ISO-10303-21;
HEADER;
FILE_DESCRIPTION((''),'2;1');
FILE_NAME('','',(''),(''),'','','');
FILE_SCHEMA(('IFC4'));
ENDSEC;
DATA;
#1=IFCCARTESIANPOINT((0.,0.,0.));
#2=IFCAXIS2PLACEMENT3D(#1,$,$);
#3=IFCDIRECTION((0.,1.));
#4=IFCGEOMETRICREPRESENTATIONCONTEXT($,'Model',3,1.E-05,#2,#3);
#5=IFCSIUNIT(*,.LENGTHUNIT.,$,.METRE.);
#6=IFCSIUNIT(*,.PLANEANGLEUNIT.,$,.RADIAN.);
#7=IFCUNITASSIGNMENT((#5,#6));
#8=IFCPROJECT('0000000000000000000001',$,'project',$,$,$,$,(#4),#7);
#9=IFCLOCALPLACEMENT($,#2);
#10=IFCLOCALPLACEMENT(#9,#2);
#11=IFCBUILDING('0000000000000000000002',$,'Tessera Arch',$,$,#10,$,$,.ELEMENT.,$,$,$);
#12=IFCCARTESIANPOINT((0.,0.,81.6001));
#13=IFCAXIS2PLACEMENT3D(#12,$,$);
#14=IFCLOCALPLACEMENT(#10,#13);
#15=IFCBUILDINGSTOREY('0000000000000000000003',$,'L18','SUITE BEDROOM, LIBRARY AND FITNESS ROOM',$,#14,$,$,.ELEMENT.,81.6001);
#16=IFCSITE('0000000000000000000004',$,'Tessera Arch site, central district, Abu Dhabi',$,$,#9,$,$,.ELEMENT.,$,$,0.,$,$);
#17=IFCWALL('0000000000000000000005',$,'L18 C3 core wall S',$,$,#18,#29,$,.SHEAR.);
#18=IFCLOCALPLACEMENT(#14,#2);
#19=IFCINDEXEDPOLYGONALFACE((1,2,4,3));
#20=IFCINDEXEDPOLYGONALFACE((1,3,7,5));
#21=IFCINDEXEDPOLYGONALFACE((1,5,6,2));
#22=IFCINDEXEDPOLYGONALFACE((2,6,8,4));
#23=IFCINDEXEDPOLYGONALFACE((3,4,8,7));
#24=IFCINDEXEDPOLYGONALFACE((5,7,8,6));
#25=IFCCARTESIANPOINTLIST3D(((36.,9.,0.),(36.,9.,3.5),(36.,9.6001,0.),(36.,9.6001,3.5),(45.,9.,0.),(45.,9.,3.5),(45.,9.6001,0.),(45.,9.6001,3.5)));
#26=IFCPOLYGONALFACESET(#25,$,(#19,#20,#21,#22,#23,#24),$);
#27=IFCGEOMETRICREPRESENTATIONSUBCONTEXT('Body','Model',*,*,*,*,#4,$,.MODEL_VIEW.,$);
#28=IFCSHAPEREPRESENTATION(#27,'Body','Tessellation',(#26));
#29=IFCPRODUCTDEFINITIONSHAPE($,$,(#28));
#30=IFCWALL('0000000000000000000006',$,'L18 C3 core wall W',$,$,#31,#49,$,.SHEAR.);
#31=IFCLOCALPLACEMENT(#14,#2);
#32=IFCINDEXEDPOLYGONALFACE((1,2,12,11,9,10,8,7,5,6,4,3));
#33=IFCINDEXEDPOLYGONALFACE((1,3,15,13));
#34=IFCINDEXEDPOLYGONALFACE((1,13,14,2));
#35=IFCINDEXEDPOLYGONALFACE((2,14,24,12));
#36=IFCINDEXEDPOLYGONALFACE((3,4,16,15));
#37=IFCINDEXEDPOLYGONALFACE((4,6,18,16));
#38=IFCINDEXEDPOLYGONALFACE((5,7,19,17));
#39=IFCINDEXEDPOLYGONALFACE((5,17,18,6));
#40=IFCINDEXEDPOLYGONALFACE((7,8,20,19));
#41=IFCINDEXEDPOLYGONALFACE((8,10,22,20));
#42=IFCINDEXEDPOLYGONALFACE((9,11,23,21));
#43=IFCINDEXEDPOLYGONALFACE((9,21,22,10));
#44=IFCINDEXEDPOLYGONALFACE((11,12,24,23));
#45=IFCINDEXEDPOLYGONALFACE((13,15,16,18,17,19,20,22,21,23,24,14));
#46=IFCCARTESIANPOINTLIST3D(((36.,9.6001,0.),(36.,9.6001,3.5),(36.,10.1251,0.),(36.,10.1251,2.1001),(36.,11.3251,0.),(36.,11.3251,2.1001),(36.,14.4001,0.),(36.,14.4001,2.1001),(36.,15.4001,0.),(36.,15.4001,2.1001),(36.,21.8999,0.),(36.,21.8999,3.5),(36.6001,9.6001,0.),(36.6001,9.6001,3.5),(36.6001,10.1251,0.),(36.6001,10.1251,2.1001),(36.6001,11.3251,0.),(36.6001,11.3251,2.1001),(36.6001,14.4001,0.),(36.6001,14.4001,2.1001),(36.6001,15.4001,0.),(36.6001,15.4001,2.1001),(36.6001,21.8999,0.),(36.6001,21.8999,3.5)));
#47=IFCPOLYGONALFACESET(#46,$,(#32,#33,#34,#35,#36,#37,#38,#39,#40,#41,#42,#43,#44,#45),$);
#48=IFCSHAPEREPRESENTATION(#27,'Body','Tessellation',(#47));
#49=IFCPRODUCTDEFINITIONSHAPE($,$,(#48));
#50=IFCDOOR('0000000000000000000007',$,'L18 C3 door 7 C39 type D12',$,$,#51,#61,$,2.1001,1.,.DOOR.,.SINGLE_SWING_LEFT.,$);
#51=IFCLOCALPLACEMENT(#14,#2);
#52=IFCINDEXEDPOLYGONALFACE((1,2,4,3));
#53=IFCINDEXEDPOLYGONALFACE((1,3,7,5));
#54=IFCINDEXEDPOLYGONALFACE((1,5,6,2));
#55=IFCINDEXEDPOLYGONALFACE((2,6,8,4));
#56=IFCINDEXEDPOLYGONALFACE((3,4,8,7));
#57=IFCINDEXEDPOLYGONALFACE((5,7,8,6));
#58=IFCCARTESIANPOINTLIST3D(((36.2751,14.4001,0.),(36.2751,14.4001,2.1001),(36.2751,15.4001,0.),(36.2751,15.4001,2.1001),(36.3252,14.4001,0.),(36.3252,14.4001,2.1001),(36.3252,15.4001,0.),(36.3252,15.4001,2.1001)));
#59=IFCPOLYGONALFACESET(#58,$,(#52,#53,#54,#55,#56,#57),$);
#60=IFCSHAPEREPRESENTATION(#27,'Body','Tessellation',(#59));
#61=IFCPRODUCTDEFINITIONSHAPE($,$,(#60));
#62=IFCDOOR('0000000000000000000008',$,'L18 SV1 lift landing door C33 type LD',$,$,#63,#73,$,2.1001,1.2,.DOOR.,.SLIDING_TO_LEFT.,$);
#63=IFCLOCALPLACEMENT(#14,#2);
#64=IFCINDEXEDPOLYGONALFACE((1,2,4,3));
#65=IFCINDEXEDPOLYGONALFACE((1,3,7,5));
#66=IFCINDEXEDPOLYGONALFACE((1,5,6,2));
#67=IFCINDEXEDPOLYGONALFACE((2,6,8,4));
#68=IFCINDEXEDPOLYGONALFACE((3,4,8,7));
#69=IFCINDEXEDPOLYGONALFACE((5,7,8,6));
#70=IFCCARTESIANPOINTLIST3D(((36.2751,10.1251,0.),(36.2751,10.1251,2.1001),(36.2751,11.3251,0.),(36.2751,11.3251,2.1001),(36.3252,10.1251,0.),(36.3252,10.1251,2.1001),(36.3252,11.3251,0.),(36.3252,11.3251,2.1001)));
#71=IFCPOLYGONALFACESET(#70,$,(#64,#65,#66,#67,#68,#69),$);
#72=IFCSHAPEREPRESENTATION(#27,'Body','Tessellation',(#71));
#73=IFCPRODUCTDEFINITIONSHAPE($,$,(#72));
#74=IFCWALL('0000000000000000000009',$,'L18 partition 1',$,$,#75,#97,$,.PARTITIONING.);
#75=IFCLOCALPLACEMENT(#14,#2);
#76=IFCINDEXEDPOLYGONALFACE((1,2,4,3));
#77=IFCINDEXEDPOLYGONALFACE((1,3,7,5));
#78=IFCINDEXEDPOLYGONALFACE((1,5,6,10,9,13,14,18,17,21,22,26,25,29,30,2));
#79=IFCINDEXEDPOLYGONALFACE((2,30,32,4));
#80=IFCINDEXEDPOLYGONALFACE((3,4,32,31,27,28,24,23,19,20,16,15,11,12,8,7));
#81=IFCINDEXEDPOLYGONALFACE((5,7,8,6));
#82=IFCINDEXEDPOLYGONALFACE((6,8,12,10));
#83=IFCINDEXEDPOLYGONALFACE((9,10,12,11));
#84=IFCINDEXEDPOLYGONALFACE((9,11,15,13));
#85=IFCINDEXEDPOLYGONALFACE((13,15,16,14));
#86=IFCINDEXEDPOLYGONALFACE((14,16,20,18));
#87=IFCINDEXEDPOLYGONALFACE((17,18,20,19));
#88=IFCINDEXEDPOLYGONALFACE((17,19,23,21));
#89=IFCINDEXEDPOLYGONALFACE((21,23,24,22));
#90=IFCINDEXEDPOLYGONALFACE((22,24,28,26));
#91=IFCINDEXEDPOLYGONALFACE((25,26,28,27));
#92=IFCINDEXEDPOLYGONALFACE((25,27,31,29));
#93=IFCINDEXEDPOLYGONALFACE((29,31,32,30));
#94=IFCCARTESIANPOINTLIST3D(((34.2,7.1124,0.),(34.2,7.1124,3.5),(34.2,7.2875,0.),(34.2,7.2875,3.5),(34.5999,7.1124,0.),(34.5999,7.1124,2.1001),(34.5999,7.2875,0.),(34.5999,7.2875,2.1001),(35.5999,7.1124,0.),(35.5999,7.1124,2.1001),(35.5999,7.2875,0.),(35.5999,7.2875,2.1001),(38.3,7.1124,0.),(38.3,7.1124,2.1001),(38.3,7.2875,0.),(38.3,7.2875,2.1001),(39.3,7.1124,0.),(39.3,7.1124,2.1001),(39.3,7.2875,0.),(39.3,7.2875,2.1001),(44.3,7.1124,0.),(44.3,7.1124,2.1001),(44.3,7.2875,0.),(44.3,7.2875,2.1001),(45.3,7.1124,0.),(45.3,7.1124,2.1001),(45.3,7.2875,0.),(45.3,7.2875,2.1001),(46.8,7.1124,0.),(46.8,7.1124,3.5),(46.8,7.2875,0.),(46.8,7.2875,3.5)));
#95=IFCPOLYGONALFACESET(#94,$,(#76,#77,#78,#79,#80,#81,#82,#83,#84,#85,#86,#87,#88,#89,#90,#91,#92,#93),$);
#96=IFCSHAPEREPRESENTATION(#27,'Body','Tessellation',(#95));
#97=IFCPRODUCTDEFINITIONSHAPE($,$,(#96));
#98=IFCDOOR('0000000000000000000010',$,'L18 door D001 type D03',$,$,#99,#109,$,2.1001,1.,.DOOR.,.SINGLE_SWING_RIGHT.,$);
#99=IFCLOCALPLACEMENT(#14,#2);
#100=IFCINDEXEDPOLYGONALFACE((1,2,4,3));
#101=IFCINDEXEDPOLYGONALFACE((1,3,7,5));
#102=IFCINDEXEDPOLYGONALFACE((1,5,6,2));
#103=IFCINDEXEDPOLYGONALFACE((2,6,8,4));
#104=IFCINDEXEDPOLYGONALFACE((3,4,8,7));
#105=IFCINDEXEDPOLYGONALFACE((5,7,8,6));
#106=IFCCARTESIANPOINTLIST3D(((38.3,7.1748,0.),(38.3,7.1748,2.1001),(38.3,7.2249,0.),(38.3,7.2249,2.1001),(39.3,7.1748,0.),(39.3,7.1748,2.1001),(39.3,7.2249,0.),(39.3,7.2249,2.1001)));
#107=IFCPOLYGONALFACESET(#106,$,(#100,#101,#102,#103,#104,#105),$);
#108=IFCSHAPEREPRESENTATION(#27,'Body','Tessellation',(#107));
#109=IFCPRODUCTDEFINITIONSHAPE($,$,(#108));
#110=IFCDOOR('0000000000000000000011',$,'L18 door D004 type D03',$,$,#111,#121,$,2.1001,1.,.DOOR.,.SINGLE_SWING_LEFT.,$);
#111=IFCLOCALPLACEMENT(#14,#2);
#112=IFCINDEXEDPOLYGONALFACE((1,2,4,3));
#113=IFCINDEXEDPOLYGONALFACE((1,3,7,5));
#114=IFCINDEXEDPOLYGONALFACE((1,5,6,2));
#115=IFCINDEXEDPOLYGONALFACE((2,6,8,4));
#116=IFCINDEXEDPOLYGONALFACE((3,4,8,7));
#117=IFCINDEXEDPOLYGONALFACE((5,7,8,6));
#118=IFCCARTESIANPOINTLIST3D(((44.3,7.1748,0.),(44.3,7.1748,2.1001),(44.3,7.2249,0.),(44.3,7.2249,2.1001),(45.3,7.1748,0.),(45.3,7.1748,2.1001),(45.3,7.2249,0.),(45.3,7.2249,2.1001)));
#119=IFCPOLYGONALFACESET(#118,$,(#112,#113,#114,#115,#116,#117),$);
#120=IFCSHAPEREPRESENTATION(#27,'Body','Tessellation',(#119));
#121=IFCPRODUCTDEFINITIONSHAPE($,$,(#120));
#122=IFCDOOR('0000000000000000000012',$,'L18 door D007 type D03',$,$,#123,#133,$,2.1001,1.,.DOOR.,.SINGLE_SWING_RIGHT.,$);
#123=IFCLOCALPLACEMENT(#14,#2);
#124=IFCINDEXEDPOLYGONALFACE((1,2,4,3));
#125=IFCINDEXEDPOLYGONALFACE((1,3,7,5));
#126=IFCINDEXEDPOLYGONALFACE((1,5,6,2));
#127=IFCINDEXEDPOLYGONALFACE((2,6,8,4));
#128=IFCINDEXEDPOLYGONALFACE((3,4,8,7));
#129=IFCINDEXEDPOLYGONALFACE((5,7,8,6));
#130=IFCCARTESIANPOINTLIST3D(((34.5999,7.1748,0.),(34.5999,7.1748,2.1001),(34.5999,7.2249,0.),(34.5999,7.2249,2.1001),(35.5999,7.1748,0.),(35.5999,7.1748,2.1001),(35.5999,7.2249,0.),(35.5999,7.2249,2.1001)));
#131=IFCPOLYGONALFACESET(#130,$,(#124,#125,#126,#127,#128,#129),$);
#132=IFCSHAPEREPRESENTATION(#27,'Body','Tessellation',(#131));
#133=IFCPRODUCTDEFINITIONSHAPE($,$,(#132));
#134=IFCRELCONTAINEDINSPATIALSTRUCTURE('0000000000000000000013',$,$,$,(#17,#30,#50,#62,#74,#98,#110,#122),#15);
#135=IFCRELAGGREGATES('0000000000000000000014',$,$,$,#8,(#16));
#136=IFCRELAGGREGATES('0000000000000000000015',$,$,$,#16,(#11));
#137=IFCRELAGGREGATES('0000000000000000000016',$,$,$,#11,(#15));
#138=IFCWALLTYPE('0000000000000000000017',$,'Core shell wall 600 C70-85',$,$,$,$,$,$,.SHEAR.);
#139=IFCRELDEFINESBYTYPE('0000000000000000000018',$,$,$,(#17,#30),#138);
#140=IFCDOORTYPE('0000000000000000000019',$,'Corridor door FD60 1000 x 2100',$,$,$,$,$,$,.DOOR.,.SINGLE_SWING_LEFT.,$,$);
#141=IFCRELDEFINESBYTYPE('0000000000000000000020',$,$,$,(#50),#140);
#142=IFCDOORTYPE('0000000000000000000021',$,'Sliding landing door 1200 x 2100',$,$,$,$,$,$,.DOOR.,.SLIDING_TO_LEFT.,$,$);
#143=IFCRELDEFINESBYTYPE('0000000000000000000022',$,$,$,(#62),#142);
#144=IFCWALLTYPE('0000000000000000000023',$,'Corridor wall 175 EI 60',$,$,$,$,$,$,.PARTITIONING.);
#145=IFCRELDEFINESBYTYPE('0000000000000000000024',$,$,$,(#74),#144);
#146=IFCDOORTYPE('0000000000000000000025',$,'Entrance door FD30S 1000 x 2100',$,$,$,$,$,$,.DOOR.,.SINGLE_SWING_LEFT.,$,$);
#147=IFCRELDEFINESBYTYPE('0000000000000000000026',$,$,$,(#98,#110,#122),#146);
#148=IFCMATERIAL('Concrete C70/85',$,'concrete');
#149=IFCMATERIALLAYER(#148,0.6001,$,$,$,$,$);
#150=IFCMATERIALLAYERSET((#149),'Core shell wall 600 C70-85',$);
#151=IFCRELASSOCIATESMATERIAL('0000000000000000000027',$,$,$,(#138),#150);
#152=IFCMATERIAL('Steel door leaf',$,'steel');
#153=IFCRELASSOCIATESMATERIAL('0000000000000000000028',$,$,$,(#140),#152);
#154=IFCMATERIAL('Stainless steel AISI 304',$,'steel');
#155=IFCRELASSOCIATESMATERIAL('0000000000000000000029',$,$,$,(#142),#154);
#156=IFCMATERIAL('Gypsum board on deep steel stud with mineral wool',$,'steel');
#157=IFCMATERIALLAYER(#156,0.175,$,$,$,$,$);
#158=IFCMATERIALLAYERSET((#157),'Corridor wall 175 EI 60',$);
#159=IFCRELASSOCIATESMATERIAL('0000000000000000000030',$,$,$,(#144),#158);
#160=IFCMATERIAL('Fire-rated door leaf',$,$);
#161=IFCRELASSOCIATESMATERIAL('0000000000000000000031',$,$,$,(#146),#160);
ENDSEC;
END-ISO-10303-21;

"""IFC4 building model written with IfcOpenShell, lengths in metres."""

from ifc_helpers import new_model, si_unit, direction, frame, frame_2d, origin, place, context, subcontext, project, spatial, rectangle, extrude, material, layer, layer_set, type_object, element, fill, save


model = new_model("IFC4")

# Units and contexts
model_context = context("Model", 3, precision=1e-05, world=origin(), true_north=direction((0.0, 1.0)))
body_context = subcontext(model_context, "Body", "Model", "MODEL_VIEW")
ifc_project = project(units=[si_unit("LENGTHUNIT", "METRE"), si_unit("PLANEANGLEUNIT", "RADIAN")], contexts=[model_context])

# Site, building, storey
site_placement = place(None, origin())
site = spatial("IfcSite", under=ifc_project, at=site_placement, Name="Tessera Arch site, central district, Abu Dhabi", CompositionType="ELEMENT", RefElevation=0.0)
building_placement = place(site_placement, origin())
building = spatial("IfcBuilding", under=site, at=building_placement, Name="Tessera Arch", CompositionType="ELEMENT")
storey_placement = place(building_placement, frame((0.0, 0.0, 81.6001)))
storey = spatial("IfcBuildingStorey", under=building, at=storey_placement, Name="L18", Description="SUITE BEDROOM, LIBRARY AND FITNESS ROOM", CompositionType="ELEMENT", Elevation=81.6001)

# Wall
ifc_material_1 = material(Name="Concrete C70/85", Category="concrete")
ifc_layer_1 = layer(ifc_material_1, 0.6001)
ifc_layer_set_1 = layer_set([ifc_layer_1], Name="Core shell wall 600 C70-85")
wall_type_1 = type_object("IfcWallType", Name="Core shell wall 600 C70-85", PredefinedType="SHEAR", material=ifc_layer_set_1)
wall_1_placement = place(storey_placement, frame((36.0, 9.3, 0.0), z_axis=(0.0, 0.0, 1.0), x_axis=(1.0, 0.0, 0.0)))
element("IfcWall", 1, at=wall_1_placement, inside=storey, type_object=wall_type_1, Name="L18 C3 core wall S", PredefinedType="SHEAR", context=body_context, shape_type="SweptSolid", body=[
    extrude(rectangle(XDim=9.0, YDim=0.6001, at=frame_2d((4.5, 0.0))), origin(), (0.0, 0.0, 1.0), 3.5),
])

# Walls, openings, doors
wall_2_placement = place(storey_placement, frame((36.3, 9.6001, 0.0), z_axis=(0.0, 0.0, 1.0), x_axis=(0.0, 1.0, 0.0)))
wall_2 = element("IfcWall", 2, at=wall_2_placement, inside=storey, type_object=wall_type_1, Name="L18 C3 core wall W", PredefinedType="SHEAR", context=body_context, shape_type="SweptSolid", body=[
    extrude(rectangle(XDim=12.2998, YDim=0.6001, at=frame_2d((6.1499, 0.0))), origin(), (0.0, 0.0, 1.0), 3.5),
])
opening_1_placement = place(wall_2_placement, frame((0.5249, 0.0, 0.0)))
opening_1 = element("IfcOpeningElement", 3, at=opening_1_placement, cuts=wall_2, PredefinedType="OPENING", context=body_context, shape_type="SweptSolid", body=[
    extrude(rectangle(XDim=1.2, YDim=2.1001, at=frame_2d((0.6001, 1.05))), frame((0.0, 0.3101, 0.0), z_axis=(0.0, -1.0, 0.0), x_axis=(1.0, 0.0, 0.0)), (0.0, 0.0, 1.0), 0.6201),
])
opening_2_placement = place(wall_2_placement, frame((4.8, 0.0, 0.0)))
opening_2 = element("IfcOpeningElement", 4, at=opening_2_placement, cuts=wall_2, PredefinedType="OPENING", context=body_context, shape_type="SweptSolid", body=[
    extrude(rectangle(XDim=1.0, YDim=2.1001, at=frame_2d((0.5, 1.05))), frame((0.0, 0.3101, 0.0), z_axis=(0.0, -1.0, 0.0), x_axis=(1.0, 0.0, 0.0)), (0.0, 0.0, 1.0), 0.6201),
])
ifc_material_2 = material(Name="Steel door leaf", Category="steel")
door_type_1 = type_object("IfcDoorType", Name="Corridor door FD60 1000 x 2100", OperationType="SINGLE_SWING_LEFT", PredefinedType="DOOR", material=ifc_material_2)
door_1_placement = place(opening_2_placement, origin())
door_1 = element("IfcDoor", 5, at=door_1_placement, inside=storey, type_object=door_type_1, Name="L18 C3 door 7 C39 type D12", OperationType="SINGLE_SWING_LEFT", OverallHeight=2.1001, OverallWidth=1.0, PredefinedType="DOOR", context=body_context, shape_type="SweptSolid", body=[
    extrude(rectangle(XDim=1.0, YDim=2.1001, at=frame_2d((0.5, 1.05))), frame((0.0, 0.0249, 0.0), z_axis=(0.0, -1.0, 0.0), x_axis=(1.0, 0.0, 0.0)), (0.0, 0.0, 1.0), 0.05),
])
fill(opening_2, door_1)
ifc_material_3 = material(Name="Stainless steel AISI 304", Category="steel")
door_type_2 = type_object("IfcDoorType", Name="Sliding landing door 1200 x 2100", OperationType="SLIDING_TO_LEFT", PredefinedType="DOOR", material=ifc_material_3)
door_2_placement = place(opening_1_placement, origin())
door_2 = element("IfcDoor", 6, at=door_2_placement, inside=storey, type_object=door_type_2, Name="L18 SV1 lift landing door C33 type LD", OperationType="SLIDING_TO_LEFT", OverallHeight=2.1001, OverallWidth=1.2, PredefinedType="DOOR", context=body_context, shape_type="SweptSolid", body=[
    extrude(rectangle(XDim=1.2, YDim=2.1001, at=frame_2d((0.6001, 1.05))), frame((0.0, 0.0249, 0.0), z_axis=(0.0, -1.0, 0.0), x_axis=(1.0, 0.0, 0.0)), (0.0, 0.0, 1.0), 0.05),
])
fill(opening_1, door_2)
ifc_material_4 = material(Name="Gypsum board on deep steel stud with mineral wool", Category="steel")
ifc_layer_2 = layer(ifc_material_4, 0.175)
ifc_layer_set_2 = layer_set([ifc_layer_2], Name="Corridor wall 175 EI 60")
wall_type_2 = type_object("IfcWallType", Name="Corridor wall 175 EI 60", PredefinedType="PARTITIONING", material=ifc_layer_set_2)
wall_3_placement = place(storey_placement, frame((34.2, 7.2, 0.0), z_axis=(0.0, 0.0, 1.0), x_axis=(1.0, 0.0, 0.0)))
wall_3 = element("IfcWall", 7, at=wall_3_placement, inside=storey, type_object=wall_type_2, Name="L18 partition 1", PredefinedType="PARTITIONING", context=body_context, shape_type="SweptSolid", body=[
    extrude(rectangle(XDim=12.6001, YDim=0.175, at=frame_2d((6.3, 0.0))), origin(), (0.0, 0.0, 1.0), 3.5),
])
opening_3_placement = place(wall_3_placement, frame((4.1001, 0.0, 0.0)))
opening_3 = element("IfcOpeningElement", 8, at=opening_3_placement, cuts=wall_3, PredefinedType="OPENING", context=body_context, shape_type="SweptSolid", body=[
    extrude(rectangle(XDim=1.0, YDim=2.1001, at=frame_2d((0.5, 1.05))), frame((0.0, 0.0974, 0.0), z_axis=(0.0, -1.0, 0.0), x_axis=(1.0, 0.0, 0.0)), (0.0, 0.0, 1.0), 0.1951),
])
opening_4_placement = place(wall_3_placement, frame((10.1001, 0.0, 0.0)))
opening_4 = element("IfcOpeningElement", 9, at=opening_4_placement, cuts=wall_3, PredefinedType="OPENING", context=body_context, shape_type="SweptSolid", body=[
    extrude(rectangle(XDim=1.0, YDim=2.1001, at=frame_2d((0.5, 1.05))), frame((0.0, 0.0974, 0.0), z_axis=(0.0, -1.0, 0.0), x_axis=(1.0, 0.0, 0.0)), (0.0, 0.0, 1.0), 0.1951),
])
opening_5_placement = place(wall_3_placement, frame((0.3999, 0.0, 0.0)))
opening_5 = element("IfcOpeningElement", 10, at=opening_5_placement, cuts=wall_3, PredefinedType="OPENING", context=body_context, shape_type="SweptSolid", body=[
    extrude(rectangle(XDim=1.0, YDim=2.1001, at=frame_2d((0.5, 1.05))), frame((0.0, 0.0974, 0.0), z_axis=(0.0, -1.0, 0.0), x_axis=(1.0, 0.0, 0.0)), (0.0, 0.0, 1.0), 0.1951),
])
ifc_material_5 = material(Name="Fire-rated door leaf")
door_type_3 = type_object("IfcDoorType", Name="Entrance door FD30S 1000 x 2100", OperationType="SINGLE_SWING_LEFT", PredefinedType="DOOR", material=ifc_material_5)
door_3_placement = place(opening_3_placement, origin())
door_3 = element("IfcDoor", 11, at=door_3_placement, inside=storey, type_object=door_type_3, Name="L18 door D001 type D03", OperationType="SINGLE_SWING_RIGHT", OverallHeight=2.1001, OverallWidth=1.0, PredefinedType="DOOR", context=body_context, shape_type="SweptSolid", body=[
    extrude(rectangle(XDim=1.0, YDim=2.1001, at=frame_2d((0.5, 1.05))), frame((0.0, 0.0249, 0.0), z_axis=(0.0, -1.0, 0.0), x_axis=(1.0, 0.0, 0.0)), (0.0, 0.0, 1.0), 0.05),
])
fill(opening_3, door_3)
door_4_placement = place(opening_4_placement, origin())
door_4 = element("IfcDoor", 12, at=door_4_placement, inside=storey, type_object=door_type_3, Name="L18 door D004 type D03", OperationType="SINGLE_SWING_LEFT", OverallHeight=2.1001, OverallWidth=1.0, PredefinedType="DOOR", context=body_context, shape_type="SweptSolid", body=[
    extrude(rectangle(XDim=1.0, YDim=2.1001, at=frame_2d((0.5, 1.05))), frame((0.0, 0.0249, 0.0), z_axis=(0.0, -1.0, 0.0), x_axis=(1.0, 0.0, 0.0)), (0.0, 0.0, 1.0), 0.05),
])
fill(opening_4, door_4)
door_5_placement = place(opening_5_placement, origin())
door_5 = element("IfcDoor", 13, at=door_5_placement, inside=storey, type_object=door_type_3, Name="L18 door D007 type D03", OperationType="SINGLE_SWING_RIGHT", OverallHeight=2.1001, OverallWidth=1.0, PredefinedType="DOOR", context=body_context, shape_type="SweptSolid", body=[
    extrude(rectangle(XDim=1.0, YDim=2.1001, at=frame_2d((0.5, 1.05))), frame((0.0, 0.0249, 0.0), z_axis=(0.0, -1.0, 0.0), x_axis=(1.0, 0.0, 0.0)), (0.0, 0.0, 1.0), 0.05),
])
fill(opening_5, door_5)

save(model, "model.ifc")
